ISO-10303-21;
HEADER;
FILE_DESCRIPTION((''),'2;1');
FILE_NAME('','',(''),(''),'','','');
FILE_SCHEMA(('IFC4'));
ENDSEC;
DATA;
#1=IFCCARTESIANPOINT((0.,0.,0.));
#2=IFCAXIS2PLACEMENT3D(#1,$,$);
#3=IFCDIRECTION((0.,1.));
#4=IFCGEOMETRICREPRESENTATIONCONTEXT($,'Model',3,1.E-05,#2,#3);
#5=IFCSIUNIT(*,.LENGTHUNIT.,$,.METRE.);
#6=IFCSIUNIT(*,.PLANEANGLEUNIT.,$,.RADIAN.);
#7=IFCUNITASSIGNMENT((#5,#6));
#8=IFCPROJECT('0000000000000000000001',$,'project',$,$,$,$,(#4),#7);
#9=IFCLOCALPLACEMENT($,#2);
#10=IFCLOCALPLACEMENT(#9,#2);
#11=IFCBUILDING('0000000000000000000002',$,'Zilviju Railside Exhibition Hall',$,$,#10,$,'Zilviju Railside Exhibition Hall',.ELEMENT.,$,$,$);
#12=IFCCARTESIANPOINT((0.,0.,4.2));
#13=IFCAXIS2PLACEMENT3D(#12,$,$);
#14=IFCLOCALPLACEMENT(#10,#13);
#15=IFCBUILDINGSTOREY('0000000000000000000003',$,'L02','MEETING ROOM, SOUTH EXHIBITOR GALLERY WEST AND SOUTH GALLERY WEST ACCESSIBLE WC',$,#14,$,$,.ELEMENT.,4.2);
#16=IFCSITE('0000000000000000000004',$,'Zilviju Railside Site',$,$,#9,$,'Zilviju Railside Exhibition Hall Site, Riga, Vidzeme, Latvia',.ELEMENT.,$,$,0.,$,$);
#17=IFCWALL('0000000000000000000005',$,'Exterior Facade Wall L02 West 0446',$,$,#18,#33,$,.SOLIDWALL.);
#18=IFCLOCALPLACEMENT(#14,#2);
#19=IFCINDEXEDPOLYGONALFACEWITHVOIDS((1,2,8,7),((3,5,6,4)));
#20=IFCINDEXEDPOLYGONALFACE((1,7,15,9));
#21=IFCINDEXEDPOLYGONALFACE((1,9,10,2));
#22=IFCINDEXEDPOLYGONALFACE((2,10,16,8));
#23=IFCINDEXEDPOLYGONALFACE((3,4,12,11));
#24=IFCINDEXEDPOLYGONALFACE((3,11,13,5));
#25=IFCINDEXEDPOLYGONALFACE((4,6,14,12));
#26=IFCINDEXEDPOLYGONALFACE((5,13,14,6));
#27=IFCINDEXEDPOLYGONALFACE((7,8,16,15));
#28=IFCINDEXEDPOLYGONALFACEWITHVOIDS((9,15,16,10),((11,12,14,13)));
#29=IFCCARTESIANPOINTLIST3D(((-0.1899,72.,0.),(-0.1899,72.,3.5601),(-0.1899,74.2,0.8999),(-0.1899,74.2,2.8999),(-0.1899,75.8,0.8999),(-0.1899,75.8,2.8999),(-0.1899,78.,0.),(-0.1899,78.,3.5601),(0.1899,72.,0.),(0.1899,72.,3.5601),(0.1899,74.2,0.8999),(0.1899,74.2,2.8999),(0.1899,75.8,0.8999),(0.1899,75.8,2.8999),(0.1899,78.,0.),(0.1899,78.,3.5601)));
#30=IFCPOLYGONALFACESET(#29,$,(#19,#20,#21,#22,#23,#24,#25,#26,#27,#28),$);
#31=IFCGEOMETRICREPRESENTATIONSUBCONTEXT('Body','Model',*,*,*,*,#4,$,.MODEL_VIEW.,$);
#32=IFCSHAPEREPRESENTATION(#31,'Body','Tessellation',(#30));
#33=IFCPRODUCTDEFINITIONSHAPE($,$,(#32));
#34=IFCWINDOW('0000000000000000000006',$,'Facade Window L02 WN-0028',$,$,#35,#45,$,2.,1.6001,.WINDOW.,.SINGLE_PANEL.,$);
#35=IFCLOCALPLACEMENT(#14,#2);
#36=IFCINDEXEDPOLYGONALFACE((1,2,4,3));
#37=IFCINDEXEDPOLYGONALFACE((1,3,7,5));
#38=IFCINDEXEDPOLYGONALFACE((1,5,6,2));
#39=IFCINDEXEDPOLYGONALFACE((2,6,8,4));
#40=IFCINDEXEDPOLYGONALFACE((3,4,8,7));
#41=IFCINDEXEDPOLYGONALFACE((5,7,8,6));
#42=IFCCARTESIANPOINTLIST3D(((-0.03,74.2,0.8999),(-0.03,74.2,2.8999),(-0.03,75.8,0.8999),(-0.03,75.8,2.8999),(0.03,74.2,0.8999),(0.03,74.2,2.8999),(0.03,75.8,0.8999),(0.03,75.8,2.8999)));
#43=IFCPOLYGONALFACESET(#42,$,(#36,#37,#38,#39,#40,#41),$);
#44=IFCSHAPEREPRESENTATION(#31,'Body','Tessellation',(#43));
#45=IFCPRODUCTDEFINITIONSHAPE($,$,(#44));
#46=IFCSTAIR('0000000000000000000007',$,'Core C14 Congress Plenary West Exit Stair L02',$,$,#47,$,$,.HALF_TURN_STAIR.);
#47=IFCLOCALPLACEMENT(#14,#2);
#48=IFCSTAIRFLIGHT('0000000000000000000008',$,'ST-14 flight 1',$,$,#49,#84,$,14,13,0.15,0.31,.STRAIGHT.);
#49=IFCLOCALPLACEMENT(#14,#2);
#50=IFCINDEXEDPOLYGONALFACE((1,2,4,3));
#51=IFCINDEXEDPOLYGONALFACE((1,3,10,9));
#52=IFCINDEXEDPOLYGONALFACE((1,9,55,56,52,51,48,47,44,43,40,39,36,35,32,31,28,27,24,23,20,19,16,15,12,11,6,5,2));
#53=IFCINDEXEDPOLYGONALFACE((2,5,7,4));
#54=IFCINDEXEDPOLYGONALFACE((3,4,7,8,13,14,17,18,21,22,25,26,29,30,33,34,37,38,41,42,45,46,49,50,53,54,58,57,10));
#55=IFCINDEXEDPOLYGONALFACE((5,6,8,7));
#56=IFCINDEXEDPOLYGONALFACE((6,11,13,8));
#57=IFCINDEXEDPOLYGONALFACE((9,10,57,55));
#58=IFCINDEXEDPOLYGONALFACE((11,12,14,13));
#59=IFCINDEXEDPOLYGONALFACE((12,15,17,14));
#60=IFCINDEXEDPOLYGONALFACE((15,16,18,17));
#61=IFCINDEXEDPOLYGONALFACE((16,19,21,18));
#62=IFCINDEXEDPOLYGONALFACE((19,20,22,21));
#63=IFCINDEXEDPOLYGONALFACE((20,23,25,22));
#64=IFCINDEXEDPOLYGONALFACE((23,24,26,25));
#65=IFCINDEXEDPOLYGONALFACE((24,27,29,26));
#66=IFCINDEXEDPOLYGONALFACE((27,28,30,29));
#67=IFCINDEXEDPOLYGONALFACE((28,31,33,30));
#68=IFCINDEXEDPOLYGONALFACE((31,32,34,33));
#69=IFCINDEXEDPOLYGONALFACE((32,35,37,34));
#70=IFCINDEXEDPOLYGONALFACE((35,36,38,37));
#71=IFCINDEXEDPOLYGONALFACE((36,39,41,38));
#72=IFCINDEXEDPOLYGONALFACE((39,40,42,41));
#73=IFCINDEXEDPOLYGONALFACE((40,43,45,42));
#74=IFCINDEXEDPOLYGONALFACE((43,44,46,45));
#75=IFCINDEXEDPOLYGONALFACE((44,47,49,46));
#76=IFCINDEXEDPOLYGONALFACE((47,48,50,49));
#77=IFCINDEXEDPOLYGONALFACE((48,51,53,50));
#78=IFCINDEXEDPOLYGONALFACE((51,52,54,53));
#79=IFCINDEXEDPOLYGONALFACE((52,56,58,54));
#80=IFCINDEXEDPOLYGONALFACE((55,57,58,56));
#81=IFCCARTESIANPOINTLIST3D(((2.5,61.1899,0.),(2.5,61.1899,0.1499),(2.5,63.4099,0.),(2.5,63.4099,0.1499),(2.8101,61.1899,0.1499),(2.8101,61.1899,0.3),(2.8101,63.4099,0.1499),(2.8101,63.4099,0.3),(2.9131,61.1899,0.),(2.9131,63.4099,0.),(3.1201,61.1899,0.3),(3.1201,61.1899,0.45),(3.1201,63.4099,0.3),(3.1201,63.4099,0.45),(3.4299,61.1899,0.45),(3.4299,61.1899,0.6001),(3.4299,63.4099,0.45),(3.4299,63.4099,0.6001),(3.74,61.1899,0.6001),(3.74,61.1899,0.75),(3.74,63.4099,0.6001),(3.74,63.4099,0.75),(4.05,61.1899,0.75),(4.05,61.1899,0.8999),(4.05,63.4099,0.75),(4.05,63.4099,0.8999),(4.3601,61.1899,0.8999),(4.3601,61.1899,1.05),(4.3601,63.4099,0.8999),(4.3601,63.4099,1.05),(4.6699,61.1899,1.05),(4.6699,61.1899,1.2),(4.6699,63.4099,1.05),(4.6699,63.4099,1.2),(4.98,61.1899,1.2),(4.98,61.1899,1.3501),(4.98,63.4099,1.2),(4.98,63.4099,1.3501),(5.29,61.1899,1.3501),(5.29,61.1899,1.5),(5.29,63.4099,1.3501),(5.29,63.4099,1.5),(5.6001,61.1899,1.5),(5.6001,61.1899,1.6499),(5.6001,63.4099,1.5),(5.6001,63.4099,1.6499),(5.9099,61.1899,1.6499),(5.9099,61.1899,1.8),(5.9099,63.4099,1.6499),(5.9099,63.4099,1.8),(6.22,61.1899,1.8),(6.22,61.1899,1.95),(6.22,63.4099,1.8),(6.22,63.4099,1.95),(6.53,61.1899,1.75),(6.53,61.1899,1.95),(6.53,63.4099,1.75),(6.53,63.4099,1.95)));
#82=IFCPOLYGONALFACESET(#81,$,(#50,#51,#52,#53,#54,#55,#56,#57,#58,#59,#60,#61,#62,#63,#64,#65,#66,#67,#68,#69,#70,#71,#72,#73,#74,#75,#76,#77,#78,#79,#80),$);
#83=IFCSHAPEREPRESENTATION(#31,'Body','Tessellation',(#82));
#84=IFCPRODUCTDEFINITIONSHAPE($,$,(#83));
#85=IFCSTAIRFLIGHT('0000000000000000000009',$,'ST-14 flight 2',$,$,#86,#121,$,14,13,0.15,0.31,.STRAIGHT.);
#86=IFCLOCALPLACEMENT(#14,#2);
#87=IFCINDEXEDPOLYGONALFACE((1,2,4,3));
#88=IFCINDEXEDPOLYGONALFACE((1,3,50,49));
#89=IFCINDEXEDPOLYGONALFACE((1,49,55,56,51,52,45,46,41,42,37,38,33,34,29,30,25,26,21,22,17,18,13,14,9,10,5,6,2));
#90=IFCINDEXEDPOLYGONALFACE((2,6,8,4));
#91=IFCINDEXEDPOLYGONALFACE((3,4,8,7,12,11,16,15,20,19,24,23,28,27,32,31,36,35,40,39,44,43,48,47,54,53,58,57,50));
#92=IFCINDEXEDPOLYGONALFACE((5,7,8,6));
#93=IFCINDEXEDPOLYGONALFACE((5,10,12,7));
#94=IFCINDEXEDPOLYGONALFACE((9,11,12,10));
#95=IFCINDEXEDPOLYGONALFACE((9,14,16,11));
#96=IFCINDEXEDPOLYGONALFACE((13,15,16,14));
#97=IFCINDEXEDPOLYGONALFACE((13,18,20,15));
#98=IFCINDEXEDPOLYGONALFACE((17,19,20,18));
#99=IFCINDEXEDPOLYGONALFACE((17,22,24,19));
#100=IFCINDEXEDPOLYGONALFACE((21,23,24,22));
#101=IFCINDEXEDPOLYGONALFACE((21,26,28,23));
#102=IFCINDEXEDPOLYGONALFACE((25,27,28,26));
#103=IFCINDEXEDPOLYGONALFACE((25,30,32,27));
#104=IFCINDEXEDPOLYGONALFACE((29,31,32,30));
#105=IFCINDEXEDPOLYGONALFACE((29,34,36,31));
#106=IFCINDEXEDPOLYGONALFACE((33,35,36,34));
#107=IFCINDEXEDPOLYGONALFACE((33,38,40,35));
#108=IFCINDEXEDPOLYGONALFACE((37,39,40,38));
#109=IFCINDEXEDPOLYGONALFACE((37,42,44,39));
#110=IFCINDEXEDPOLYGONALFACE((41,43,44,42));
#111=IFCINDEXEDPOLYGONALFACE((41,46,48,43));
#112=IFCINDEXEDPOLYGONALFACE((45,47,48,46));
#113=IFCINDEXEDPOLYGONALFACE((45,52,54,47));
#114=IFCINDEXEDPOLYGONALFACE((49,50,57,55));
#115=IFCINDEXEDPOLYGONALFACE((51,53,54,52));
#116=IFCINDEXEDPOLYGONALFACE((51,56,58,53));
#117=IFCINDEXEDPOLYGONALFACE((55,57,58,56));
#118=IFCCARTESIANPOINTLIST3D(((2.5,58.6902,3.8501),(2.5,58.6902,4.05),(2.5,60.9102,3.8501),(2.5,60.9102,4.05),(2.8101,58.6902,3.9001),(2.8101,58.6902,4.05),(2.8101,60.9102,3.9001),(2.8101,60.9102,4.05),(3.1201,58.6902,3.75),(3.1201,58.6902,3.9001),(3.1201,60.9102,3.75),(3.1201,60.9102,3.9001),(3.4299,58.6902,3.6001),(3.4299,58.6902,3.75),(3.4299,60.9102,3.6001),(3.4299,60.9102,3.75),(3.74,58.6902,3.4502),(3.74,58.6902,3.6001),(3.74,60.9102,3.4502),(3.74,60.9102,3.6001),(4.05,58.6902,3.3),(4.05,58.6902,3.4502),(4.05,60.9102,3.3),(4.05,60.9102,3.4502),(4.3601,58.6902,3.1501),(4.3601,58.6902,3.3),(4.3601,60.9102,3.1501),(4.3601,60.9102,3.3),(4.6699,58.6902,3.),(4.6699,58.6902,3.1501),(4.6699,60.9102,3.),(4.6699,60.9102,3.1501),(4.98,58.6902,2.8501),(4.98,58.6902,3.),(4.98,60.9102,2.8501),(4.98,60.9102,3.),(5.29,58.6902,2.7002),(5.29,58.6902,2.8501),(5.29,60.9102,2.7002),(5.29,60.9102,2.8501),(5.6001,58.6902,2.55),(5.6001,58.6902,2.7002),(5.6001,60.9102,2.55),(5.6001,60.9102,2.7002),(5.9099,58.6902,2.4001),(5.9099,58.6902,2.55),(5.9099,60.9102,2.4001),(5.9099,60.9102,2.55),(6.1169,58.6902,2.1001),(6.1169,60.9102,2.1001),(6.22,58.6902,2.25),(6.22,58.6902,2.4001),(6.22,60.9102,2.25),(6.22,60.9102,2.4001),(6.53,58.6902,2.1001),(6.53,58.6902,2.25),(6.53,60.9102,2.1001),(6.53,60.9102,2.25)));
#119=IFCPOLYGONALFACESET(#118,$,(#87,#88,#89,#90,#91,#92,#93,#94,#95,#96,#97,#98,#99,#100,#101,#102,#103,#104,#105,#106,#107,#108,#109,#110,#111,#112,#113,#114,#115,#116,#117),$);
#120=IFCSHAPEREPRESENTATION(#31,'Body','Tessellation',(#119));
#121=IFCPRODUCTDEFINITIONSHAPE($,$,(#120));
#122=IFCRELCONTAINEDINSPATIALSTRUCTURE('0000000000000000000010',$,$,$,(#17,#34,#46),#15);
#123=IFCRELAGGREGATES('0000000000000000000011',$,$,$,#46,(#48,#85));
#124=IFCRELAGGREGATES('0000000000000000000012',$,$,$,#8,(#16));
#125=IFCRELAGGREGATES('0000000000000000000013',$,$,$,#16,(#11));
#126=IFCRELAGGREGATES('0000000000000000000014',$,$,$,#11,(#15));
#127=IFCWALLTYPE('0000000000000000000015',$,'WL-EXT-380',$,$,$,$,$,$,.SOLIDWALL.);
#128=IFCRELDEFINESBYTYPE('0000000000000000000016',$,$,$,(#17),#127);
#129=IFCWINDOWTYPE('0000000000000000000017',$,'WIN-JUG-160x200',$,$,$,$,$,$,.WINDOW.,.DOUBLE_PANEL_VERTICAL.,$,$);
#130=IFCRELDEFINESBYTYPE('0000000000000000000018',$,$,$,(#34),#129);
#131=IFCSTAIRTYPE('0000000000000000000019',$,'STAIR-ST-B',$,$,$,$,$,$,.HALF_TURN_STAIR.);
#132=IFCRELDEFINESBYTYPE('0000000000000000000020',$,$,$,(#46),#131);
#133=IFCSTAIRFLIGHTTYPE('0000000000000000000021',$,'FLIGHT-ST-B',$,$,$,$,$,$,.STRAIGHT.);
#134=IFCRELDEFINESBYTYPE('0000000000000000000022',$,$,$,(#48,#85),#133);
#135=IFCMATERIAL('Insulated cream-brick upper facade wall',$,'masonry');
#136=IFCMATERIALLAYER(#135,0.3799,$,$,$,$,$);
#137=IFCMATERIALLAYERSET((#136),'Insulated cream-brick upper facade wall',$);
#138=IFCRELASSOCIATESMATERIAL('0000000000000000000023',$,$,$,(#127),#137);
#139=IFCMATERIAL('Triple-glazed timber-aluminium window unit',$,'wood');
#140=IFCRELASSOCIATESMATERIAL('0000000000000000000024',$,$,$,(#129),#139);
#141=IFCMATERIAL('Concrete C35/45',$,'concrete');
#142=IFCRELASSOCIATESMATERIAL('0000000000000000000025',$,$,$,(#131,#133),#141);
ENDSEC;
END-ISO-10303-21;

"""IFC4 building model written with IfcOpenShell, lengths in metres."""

from ifc_helpers import new_model, si_unit, direction, frame, frame_2d, origin, place, context, subcontext, project, spatial, polyline, rectangle, outline, extrude, material, layer, layer_set, type_object, element, fill, aggregate, save


model = new_model("IFC4")

# Units and contexts
model_context = context("Model", 3, precision=1e-05, world=origin(), true_north=direction((0.0, 1.0)))
body_context = subcontext(model_context, "Body", "Model", "MODEL_VIEW")
ifc_project = project(units=[si_unit("LENGTHUNIT", "METRE"), si_unit("PLANEANGLEUNIT", "RADIAN")], contexts=[model_context])

# Site, building, storey
site_placement = place(None, origin())
site = spatial("IfcSite", under=ifc_project, at=site_placement, Name="Zilviju Railside Site", LongName="Zilviju Railside Exhibition Hall Site, Riga, Vidzeme, Latvia", CompositionType="ELEMENT", RefElevation=0.0)
building_placement = place(site_placement, origin())
building = spatial("IfcBuilding", under=site, at=building_placement, Name="Zilviju Railside Exhibition Hall", LongName="Zilviju Railside Exhibition Hall", CompositionType="ELEMENT")
storey_placement = place(building_placement, frame((0.0, 0.0, 4.2)))
storey = spatial("IfcBuildingStorey", under=building, at=storey_placement, Name="L02", Description="MEETING ROOM, SOUTH EXHIBITOR GALLERY WEST AND SOUTH GALLERY WEST ACCESSIBLE WC", CompositionType="ELEMENT", Elevation=4.2)

# Shared definitions
ifc_material_1 = material(Name="Concrete C35/45", Category="concrete")

# Wall, opening, window
ifc_material_2 = material(Name="Insulated cream-brick upper facade wall", Category="masonry")
ifc_layer_1 = layer(ifc_material_2, 0.3799)
ifc_layer_set_1 = layer_set([ifc_layer_1], Name="Insulated cream-brick upper facade wall")
wall_type_1 = type_object("IfcWallType", Name="WL-EXT-380", PredefinedType="SOLIDWALL", material=ifc_layer_set_1)
wall_1_placement = place(storey_placement, frame((0.0, 72.0, 0.0), z_axis=(0.0, 0.0, 1.0), x_axis=(0.0, 1.0, 0.0)))
wall_1 = element("IfcWall", 1, at=wall_1_placement, inside=storey, type_object=wall_type_1, Name="Exterior Facade Wall L02 West 0446", PredefinedType="SOLIDWALL", context=body_context, shape_type="SweptSolid", body=[
    extrude(rectangle(XDim=6.0, YDim=0.3799, at=frame_2d((3.0, 0.0))), origin(), (0.0, 0.0, 1.0), 3.5601),
])
opening_1_placement = place(wall_1_placement, frame((2.2, 0.0, 0.8999)))
opening_1 = element("IfcOpeningElement", 2, at=opening_1_placement, cuts=wall_1, PredefinedType="OPENING", context=body_context, shape_type="SweptSolid", body=[
    extrude(rectangle(XDim=1.6001, YDim=2.0, at=frame_2d((0.8, 1.0))), frame((0.0, 0.2, 0.0), z_axis=(0.0, -1.0, 0.0), x_axis=(1.0, 0.0, 0.0)), (0.0, 0.0, 1.0), 0.3999),
])
ifc_material_3 = material(Name="Triple-glazed timber-aluminium window unit", Category="wood")
window_type = type_object("IfcWindowType", Name="WIN-JUG-160x200", PartitioningType="DOUBLE_PANEL_VERTICAL", PredefinedType="WINDOW", material=ifc_material_3)
window_placement = place(opening_1_placement, origin())
window = element("IfcWindow", 3, at=window_placement, inside=storey, type_object=window_type, Name="Facade Window L02 WN-0028", OverallHeight=2.0, OverallWidth=1.6001, PartitioningType="SINGLE_PANEL", PredefinedType="WINDOW", context=body_context, shape_type="SweptSolid", body=[
    extrude(rectangle(XDim=1.6001, YDim=2.0, at=frame_2d((0.8, 1.0))), frame((0.0, 0.03, 0.0), z_axis=(0.0, -1.0, 0.0), x_axis=(1.0, 0.0, 0.0)), (0.0, 0.0, 1.0), 0.0601),
])
fill(opening_1, window)

# Stair, stair flights
stair_type = type_object("IfcStairType", Name="STAIR-ST-B", PredefinedType="HALF_TURN_STAIR", material=ifc_material_1)
stair_placement = place(storey_placement, origin())
stair = element("IfcStair", 4, at=stair_placement, inside=storey, type_object=stair_type, Name="Core C14 Congress Plenary West Exit Stair L02", PredefinedType="HALF_TURN_STAIR")
stair_flight_type = type_object("IfcStairFlightType", Name="FLIGHT-ST-B", PredefinedType="STRAIGHT", material=ifc_material_1)
stair_flight_1_placement = place(storey_placement, frame((2.5, 62.3, 0.0), z_axis=(0.0, 0.0, 1.0), x_axis=(1.0, 0.0, 0.0)))
stair_flight_1 = element("IfcStairFlight", 5, at=stair_flight_1_placement, type_object=stair_flight_type, Name="ST-14 flight 1", NumberOfRisers=14, NumberOfTreads=13, PredefinedType="STRAIGHT", RiserHeight=0.15, TreadLength=0.31, context=body_context, shape_type="SweptSolid", body=[
    extrude(outline(polyline([(0.0, 0.0), (0.0, 0.1499), (0.3101, 0.1499), (0.3101, 0.3), (0.6201, 0.3), (0.6201, 0.45), (0.9299, 0.45), (0.9299, 0.6001), (1.24, 0.6001), (1.24, 0.75), (1.55, 0.75), (1.55, 0.8999), (1.8601, 0.8999), (1.8601, 1.05), (2.1699, 1.05), (2.1699, 1.2), (2.48, 1.2), (2.48, 1.3501), (2.79, 1.3501), (2.79, 1.5), (3.1001, 1.5), (3.1001, 1.6499), (3.4099, 1.6499), (3.4099, 1.8), (3.72, 1.8), (3.72, 1.95), (4.03, 1.95), (4.03, 2.1001), (4.03, 1.75), (0.4131, 0.0), (0.0, 0.0)])), frame((0.0, 1.1099, 0.0), z_axis=(0.0, -1.0, 0.0), x_axis=(1.0, 0.0, 0.0)), (0.0, 0.0, 1.0), 2.22),
])
stair_flight_2_placement = place(storey_placement, frame((6.53, 59.8, 2.1001), z_axis=(0.0, 0.0, 1.0), x_axis=(-1.0, 0.0, 0.0)))
stair_flight_2 = element("IfcStairFlight", 6, at=stair_flight_2_placement, type_object=stair_flight_type, Name="ST-14 flight 2", NumberOfRisers=14, NumberOfTreads=13, PredefinedType="STRAIGHT", RiserHeight=0.15, TreadLength=0.31, context=body_context, shape_type="SweptSolid", body=[
    extrude(outline(polyline([(0.0, 0.0), (0.0, 0.1499), (0.3101, 0.1499), (0.3101, 0.3), (0.6201, 0.3), (0.6201, 0.45), (0.9299, 0.45), (0.9299, 0.6001), (1.24, 0.6001), (1.24, 0.75), (1.55, 0.75), (1.55, 0.8999), (1.8601, 0.8999), (1.8601, 1.05), (2.1699, 1.05), (2.1699, 1.2), (2.48, 1.2), (2.48, 1.3501), (2.79, 1.3501), (2.79, 1.5), (3.1001, 1.5), (3.1001, 1.6499), (3.4099, 1.6499), (3.4099, 1.8), (3.72, 1.8), (3.72, 1.95), (4.03, 1.95), (4.03, 2.1001), (4.03, 1.75), (0.4131, 0.0), (0.0, 0.0)])), frame((0.0, 1.1099, 0.0), z_axis=(0.0, -1.0, 0.0), x_axis=(1.0, 0.0, 0.0)), (0.0, 0.0, 1.0), 2.22),
])
aggregate(stair, [stair_flight_1, stair_flight_2])

save(model, "model.ifc")
